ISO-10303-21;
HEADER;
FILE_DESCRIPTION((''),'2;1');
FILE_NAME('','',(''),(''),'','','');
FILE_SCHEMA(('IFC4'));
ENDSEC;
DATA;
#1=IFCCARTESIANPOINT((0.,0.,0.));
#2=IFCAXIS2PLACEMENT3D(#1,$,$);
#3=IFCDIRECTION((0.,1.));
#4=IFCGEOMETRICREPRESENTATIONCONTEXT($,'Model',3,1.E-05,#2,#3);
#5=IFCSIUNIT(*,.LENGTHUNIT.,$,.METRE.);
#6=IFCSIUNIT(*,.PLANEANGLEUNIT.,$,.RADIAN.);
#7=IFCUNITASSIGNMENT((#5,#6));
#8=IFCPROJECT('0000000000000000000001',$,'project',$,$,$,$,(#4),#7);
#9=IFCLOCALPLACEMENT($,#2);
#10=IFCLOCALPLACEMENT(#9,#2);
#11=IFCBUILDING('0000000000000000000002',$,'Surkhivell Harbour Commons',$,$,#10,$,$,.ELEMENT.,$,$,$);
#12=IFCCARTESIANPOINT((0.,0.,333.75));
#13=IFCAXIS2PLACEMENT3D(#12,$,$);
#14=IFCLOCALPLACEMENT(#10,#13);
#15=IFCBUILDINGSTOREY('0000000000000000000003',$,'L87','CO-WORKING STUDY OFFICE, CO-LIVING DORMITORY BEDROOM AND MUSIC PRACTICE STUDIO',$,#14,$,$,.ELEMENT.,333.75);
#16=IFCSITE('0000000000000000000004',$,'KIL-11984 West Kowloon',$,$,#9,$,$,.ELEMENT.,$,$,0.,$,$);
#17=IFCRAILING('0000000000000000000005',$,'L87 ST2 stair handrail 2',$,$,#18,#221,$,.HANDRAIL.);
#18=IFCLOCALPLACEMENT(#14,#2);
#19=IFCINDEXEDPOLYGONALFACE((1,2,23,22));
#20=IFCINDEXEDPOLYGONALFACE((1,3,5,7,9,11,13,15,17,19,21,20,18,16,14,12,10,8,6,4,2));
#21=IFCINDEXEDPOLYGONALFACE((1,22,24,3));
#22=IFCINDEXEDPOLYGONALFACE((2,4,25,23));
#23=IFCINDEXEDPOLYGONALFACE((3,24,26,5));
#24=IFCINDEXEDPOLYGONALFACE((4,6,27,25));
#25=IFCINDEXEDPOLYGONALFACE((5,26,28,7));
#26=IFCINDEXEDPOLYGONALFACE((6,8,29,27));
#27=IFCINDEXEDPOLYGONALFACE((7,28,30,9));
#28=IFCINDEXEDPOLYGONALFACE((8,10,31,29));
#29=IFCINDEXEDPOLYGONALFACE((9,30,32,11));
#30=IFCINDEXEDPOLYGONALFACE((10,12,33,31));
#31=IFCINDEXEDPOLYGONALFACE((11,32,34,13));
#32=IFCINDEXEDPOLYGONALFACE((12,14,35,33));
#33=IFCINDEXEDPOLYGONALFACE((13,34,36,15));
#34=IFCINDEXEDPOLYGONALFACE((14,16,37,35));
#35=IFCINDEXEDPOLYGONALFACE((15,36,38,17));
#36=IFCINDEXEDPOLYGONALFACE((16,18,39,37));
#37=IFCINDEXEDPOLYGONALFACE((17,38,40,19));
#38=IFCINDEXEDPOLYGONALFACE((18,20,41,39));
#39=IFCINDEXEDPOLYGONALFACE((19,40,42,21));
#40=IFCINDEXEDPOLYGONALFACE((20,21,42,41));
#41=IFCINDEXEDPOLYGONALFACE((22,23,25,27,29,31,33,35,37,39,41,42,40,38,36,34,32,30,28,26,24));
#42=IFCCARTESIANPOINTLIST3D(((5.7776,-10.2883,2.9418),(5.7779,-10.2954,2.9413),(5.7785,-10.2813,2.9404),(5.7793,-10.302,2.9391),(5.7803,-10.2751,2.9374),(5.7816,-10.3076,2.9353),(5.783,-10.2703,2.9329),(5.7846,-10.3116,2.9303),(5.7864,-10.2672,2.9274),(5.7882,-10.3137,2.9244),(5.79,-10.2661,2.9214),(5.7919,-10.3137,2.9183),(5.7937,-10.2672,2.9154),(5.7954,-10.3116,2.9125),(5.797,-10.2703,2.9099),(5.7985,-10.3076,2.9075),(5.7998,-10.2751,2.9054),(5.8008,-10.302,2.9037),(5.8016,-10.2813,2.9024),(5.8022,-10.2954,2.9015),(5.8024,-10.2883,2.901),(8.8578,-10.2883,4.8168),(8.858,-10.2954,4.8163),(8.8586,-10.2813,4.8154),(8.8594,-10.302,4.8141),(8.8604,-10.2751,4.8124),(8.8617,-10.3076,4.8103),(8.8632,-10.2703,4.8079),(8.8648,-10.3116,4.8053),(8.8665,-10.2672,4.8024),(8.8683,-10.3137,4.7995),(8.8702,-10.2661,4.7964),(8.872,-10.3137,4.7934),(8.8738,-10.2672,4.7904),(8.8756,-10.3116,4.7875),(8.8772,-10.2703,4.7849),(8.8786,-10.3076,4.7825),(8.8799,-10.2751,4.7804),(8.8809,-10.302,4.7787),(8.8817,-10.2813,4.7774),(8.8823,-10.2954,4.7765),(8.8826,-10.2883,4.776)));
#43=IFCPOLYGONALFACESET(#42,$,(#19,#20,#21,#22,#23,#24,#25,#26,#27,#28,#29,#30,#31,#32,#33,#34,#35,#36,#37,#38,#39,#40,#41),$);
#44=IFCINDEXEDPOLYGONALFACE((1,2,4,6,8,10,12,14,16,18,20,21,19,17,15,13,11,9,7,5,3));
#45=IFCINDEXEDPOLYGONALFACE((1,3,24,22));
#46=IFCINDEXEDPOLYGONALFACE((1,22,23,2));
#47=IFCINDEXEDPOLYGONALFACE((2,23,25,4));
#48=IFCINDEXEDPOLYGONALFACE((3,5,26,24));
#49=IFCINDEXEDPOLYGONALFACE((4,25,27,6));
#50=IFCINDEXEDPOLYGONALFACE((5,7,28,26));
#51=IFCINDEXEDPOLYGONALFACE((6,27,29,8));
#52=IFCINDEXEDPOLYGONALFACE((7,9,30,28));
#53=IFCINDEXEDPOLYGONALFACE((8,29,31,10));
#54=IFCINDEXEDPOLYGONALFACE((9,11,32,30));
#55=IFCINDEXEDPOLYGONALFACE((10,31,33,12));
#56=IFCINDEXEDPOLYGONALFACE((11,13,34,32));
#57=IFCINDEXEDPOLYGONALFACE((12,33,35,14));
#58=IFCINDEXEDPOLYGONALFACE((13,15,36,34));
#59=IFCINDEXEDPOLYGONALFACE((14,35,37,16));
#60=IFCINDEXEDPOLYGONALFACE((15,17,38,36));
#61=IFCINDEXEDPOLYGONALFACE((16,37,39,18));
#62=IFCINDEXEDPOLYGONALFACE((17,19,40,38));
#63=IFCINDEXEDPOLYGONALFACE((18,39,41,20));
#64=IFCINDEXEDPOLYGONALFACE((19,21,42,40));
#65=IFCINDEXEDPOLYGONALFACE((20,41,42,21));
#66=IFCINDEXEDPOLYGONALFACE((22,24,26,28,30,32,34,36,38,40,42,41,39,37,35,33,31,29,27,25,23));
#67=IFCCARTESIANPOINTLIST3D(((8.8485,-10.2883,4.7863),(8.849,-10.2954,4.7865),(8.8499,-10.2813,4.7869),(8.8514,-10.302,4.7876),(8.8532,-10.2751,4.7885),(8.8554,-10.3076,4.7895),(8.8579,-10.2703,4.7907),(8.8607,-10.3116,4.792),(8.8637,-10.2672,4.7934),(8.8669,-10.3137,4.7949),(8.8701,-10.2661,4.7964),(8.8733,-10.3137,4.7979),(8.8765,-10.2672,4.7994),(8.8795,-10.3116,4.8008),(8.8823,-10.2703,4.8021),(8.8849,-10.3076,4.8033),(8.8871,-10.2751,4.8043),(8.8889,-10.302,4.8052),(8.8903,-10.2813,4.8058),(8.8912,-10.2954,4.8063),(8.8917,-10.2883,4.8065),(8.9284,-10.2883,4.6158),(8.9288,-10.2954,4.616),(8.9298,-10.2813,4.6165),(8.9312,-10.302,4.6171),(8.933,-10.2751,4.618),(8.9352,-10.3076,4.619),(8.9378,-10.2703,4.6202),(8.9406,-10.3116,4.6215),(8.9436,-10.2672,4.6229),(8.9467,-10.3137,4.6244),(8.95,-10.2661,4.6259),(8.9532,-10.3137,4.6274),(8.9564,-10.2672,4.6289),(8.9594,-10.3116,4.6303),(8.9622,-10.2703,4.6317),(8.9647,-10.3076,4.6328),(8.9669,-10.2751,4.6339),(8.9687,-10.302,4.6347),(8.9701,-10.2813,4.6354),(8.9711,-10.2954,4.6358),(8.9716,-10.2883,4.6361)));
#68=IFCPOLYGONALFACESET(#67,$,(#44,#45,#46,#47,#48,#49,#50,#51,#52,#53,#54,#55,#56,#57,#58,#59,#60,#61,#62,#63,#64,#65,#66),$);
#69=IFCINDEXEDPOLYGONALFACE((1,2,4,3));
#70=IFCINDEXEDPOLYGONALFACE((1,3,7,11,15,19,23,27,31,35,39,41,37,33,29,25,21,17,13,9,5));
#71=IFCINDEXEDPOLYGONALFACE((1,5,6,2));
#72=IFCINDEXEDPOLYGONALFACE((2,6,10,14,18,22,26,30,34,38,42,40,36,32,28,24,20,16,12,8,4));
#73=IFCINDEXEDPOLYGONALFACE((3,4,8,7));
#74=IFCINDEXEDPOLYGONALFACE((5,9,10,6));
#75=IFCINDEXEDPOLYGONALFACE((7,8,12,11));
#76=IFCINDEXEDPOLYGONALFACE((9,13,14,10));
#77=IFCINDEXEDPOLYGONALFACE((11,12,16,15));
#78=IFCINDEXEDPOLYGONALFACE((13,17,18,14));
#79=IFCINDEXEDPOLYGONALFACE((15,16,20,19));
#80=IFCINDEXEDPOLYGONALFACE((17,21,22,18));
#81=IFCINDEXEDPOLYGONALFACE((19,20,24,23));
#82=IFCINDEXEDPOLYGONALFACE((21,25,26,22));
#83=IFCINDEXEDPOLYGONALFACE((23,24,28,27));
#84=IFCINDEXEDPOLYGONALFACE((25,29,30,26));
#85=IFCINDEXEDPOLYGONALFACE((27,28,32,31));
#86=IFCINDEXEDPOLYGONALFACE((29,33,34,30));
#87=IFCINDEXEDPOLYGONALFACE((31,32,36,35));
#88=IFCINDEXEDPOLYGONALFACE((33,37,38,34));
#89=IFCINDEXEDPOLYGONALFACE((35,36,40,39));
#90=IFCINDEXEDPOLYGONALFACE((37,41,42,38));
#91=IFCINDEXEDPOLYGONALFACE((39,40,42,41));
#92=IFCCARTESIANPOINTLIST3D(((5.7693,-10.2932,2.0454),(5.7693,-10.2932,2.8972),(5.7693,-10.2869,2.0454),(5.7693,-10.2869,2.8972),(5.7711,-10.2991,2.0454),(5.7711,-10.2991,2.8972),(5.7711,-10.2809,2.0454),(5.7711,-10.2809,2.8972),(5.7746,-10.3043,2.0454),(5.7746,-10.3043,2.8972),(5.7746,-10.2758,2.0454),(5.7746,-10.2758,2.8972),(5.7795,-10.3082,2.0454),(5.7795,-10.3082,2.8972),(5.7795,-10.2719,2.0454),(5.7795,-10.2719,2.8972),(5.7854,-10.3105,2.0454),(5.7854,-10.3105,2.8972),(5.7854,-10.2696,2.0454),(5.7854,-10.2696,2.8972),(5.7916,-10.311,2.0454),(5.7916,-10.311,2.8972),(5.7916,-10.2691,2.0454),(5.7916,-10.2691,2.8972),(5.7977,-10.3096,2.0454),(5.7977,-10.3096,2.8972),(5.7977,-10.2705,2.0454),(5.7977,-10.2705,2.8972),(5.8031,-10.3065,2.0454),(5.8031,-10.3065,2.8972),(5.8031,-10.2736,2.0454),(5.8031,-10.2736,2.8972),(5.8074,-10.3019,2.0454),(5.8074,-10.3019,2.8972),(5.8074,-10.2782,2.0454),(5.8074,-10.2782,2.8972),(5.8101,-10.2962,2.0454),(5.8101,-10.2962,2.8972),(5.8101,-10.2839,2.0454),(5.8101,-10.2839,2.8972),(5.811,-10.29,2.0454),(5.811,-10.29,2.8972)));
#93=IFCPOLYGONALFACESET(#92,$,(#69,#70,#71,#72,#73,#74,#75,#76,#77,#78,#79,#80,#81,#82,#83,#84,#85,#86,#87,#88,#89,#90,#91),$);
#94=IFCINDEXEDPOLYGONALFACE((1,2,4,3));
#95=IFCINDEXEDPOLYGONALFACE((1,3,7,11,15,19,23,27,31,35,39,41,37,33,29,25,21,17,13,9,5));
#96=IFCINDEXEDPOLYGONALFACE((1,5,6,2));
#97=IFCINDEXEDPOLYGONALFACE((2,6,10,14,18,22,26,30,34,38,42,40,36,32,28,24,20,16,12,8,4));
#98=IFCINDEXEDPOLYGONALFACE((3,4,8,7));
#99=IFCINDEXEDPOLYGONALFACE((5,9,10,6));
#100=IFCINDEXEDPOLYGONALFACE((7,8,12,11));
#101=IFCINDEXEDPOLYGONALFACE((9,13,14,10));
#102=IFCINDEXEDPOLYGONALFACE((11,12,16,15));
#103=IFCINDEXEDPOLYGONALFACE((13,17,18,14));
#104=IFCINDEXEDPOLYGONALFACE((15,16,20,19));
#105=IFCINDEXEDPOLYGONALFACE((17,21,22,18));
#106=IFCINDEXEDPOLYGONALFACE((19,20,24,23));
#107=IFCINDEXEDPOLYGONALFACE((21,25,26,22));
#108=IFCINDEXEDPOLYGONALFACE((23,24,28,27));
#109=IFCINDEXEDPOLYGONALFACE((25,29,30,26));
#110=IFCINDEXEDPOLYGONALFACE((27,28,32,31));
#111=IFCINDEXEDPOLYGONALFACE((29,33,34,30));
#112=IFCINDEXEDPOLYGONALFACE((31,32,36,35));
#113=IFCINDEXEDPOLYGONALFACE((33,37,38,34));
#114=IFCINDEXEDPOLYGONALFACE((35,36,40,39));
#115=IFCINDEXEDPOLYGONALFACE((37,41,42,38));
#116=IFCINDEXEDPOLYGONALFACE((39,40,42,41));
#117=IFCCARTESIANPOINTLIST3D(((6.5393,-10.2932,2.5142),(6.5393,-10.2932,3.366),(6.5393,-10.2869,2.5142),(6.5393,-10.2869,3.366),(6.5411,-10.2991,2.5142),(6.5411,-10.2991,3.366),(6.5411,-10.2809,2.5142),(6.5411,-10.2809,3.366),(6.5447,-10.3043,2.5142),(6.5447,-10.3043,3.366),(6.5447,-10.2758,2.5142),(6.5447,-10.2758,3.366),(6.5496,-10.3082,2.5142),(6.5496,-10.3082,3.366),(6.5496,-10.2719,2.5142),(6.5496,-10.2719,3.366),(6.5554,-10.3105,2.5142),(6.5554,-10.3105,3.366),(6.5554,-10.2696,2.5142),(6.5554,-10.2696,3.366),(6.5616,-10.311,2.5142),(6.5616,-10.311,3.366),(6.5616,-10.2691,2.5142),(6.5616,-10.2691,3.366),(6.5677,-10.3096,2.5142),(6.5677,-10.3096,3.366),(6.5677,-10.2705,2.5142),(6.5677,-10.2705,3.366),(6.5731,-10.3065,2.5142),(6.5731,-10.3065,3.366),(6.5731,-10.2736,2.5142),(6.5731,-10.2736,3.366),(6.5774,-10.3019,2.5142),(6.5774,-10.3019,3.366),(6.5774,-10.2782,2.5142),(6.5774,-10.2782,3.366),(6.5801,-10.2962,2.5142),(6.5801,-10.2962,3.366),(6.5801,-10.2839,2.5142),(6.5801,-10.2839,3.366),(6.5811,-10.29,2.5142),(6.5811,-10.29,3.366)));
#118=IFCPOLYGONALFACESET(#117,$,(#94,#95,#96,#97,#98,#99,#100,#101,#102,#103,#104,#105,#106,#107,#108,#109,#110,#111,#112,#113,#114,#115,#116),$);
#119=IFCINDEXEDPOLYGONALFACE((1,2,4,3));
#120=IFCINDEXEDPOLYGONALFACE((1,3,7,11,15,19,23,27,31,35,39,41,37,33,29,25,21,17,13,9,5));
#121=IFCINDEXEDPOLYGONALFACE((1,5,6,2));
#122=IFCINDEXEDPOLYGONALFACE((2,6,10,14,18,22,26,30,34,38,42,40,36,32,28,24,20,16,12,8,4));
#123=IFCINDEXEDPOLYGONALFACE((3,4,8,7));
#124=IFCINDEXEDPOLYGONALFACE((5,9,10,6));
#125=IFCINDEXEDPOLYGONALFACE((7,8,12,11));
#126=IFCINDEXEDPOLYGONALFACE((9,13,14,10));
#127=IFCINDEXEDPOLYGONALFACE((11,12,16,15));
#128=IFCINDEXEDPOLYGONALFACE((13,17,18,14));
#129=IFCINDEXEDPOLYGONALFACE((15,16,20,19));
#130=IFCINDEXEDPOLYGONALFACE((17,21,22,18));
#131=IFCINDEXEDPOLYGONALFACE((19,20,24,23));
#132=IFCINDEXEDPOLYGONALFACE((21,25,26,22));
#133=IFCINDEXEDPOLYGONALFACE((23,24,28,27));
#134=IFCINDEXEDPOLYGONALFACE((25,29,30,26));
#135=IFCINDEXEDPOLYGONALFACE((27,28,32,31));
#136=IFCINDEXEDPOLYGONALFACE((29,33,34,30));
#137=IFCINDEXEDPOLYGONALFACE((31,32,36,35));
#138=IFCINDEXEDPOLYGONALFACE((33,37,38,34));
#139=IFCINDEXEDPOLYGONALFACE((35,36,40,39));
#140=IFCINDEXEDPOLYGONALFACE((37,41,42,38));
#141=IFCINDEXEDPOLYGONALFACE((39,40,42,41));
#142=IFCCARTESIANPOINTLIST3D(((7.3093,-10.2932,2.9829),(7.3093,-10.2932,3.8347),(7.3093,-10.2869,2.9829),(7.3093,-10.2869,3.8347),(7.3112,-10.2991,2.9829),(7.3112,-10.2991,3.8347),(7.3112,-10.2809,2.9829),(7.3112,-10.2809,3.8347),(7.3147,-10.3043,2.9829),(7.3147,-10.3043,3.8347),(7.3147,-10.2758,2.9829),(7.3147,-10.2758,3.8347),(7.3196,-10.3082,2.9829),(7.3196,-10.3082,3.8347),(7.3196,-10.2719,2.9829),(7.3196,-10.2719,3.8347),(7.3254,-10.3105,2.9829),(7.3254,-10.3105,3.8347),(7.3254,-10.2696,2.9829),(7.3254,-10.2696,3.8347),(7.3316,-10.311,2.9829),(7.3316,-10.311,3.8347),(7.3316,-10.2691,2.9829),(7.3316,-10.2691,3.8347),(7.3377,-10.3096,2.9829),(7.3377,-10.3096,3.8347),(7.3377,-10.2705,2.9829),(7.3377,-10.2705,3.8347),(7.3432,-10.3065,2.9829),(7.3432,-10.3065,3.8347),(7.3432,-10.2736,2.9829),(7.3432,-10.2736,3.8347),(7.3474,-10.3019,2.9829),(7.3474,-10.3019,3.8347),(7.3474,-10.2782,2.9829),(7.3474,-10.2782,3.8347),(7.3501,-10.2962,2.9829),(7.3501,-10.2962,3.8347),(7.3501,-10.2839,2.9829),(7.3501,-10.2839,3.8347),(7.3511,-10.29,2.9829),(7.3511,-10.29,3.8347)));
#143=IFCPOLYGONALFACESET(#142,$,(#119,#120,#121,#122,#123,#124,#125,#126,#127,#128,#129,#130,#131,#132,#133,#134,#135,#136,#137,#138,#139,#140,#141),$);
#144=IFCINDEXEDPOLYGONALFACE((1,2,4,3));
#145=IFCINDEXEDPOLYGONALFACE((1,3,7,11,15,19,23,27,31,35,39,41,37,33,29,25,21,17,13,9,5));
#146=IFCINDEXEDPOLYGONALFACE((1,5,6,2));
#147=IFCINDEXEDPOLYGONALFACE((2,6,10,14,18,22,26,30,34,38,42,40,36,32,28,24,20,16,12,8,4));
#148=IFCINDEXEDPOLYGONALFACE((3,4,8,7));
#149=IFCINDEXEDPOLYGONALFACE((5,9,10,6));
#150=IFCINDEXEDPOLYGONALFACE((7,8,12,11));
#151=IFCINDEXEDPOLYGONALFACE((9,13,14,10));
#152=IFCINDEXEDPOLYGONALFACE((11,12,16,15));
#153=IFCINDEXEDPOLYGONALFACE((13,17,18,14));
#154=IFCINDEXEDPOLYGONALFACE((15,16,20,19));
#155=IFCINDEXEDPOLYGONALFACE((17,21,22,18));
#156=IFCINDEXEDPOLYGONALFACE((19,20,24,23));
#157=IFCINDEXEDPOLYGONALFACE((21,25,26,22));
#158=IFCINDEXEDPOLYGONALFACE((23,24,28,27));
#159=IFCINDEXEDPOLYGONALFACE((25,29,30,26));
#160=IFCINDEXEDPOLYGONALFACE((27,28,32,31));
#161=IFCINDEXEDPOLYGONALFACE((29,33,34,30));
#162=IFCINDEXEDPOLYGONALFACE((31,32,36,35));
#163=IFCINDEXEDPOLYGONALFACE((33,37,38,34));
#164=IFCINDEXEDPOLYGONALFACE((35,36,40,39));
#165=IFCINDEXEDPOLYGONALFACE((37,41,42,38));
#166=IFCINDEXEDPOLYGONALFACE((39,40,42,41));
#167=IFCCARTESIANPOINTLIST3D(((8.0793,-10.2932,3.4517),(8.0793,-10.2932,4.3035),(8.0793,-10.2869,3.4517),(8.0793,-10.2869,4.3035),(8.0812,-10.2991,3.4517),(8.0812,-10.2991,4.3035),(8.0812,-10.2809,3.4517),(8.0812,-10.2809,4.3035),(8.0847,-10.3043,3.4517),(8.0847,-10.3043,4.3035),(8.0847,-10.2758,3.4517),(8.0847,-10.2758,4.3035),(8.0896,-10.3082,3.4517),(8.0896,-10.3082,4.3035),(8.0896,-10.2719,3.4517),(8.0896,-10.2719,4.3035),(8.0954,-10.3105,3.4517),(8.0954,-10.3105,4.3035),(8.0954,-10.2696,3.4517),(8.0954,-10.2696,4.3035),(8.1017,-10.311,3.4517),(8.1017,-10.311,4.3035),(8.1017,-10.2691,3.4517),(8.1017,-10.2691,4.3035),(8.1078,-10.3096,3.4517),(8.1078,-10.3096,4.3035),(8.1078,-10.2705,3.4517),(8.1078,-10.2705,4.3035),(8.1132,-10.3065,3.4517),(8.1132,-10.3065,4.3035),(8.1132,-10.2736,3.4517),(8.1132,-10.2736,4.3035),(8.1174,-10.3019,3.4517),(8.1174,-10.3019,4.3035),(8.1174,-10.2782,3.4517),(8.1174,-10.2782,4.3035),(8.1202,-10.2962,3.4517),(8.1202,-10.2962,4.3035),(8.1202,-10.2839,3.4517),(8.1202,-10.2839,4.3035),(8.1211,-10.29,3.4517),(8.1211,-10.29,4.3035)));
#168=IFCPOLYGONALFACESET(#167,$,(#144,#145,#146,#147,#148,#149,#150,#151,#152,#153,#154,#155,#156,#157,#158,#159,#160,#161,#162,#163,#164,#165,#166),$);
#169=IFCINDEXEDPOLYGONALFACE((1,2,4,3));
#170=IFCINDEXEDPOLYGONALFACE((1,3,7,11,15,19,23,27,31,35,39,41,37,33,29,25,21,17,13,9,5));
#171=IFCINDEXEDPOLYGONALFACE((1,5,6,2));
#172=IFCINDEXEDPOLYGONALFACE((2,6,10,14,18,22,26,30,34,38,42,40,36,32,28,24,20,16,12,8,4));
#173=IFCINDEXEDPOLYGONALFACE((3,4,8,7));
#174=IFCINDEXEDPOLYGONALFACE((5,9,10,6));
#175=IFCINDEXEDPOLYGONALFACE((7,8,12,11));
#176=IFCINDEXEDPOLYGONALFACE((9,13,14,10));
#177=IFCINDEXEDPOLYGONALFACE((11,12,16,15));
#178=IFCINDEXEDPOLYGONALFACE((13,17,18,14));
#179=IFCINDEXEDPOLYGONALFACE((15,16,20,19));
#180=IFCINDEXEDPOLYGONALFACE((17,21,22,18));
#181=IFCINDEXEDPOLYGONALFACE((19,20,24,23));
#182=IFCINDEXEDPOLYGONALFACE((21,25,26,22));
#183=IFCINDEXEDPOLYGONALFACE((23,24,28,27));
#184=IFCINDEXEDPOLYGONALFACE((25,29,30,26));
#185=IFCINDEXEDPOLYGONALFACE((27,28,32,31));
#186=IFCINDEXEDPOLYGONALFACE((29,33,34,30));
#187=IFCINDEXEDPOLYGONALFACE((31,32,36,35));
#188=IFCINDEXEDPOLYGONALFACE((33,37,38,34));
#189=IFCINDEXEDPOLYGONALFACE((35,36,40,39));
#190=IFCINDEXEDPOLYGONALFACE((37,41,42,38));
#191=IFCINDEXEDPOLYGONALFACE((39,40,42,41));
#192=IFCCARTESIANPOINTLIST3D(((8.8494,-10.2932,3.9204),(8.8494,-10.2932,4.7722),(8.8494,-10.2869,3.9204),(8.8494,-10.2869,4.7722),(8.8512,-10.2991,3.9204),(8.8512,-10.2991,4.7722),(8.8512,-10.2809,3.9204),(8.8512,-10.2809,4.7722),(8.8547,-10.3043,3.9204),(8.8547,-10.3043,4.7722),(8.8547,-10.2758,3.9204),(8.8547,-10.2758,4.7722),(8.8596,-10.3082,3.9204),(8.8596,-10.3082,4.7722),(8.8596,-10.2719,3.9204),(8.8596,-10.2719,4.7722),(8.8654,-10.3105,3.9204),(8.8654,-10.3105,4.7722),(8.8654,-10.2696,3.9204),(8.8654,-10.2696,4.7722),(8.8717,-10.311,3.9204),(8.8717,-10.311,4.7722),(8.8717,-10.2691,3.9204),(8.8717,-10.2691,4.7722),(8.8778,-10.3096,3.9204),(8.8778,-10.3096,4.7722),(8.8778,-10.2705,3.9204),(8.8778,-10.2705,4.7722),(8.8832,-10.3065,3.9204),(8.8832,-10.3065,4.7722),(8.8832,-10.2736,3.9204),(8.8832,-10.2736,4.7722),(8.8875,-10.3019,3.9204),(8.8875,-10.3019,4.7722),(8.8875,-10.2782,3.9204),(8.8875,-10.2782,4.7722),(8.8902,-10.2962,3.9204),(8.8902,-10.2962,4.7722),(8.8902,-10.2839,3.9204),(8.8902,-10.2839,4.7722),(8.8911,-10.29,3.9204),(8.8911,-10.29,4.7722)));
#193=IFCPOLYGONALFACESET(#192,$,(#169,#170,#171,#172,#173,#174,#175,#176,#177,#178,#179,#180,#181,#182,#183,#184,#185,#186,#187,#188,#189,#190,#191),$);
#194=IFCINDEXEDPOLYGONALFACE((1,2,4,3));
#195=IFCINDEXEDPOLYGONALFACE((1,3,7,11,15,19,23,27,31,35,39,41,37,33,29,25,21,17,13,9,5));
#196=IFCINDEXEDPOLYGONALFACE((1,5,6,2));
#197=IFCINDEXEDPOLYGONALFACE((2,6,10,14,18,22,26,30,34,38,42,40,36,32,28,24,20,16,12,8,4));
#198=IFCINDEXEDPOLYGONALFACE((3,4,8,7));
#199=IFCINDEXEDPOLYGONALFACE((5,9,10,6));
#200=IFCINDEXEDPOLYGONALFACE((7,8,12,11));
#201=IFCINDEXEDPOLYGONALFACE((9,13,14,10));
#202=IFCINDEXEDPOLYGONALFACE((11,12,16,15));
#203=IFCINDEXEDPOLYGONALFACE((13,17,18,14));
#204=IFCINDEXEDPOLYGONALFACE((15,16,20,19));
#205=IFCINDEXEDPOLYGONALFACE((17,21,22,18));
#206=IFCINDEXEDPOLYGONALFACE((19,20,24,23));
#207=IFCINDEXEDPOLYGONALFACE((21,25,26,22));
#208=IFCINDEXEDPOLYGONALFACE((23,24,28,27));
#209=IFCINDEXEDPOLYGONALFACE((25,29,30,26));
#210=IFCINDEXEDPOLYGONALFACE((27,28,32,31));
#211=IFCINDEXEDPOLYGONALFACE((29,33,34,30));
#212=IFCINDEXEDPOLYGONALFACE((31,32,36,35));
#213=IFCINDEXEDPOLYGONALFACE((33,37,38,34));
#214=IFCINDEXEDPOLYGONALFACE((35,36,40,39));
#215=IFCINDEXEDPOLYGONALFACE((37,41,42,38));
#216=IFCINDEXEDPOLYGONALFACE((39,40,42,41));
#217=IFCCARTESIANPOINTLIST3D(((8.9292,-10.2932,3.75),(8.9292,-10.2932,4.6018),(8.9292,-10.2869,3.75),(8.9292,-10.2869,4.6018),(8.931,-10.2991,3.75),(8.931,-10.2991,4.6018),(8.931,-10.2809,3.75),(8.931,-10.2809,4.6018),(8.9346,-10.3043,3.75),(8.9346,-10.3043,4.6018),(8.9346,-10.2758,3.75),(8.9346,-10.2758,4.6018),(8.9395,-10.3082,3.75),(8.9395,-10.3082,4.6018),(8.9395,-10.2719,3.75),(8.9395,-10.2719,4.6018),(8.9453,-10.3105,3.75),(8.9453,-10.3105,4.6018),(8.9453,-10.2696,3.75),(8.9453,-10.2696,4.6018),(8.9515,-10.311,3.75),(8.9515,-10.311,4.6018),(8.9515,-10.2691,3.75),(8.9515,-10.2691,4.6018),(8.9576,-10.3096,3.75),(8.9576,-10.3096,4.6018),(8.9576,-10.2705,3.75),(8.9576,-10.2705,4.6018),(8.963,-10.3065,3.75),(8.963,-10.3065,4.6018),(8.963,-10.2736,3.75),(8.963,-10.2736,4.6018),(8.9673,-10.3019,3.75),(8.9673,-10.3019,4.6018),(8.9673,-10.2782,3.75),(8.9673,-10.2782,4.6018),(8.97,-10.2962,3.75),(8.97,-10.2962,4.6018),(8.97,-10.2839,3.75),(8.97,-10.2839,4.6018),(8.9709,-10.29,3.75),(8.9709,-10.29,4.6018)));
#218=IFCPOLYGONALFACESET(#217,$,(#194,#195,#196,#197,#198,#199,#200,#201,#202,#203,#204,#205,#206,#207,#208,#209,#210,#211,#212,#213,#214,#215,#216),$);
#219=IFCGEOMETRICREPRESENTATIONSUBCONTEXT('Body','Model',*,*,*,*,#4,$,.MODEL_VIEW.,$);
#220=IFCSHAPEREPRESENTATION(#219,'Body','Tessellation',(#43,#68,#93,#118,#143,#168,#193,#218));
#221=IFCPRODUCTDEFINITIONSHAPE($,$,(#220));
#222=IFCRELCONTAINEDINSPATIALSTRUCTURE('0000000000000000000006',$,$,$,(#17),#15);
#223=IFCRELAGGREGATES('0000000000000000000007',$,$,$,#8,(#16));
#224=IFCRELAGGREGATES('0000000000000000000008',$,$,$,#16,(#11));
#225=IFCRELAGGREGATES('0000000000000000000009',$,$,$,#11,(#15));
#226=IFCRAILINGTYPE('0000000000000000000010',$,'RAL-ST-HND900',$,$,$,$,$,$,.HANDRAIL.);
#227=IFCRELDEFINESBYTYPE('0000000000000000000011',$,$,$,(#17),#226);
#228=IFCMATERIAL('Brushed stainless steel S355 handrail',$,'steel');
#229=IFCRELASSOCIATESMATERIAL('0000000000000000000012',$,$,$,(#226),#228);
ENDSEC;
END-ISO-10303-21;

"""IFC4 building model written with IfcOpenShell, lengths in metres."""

from ifc_helpers import new_model, si_unit, direction, frame, origin, origin_2d, place, context, subcontext, project, spatial, circle, extrude, material, type_object, element, save


model = new_model("IFC4")

# Units and contexts
model_context = context("Model", 3, precision=1e-05, world=origin(), true_north=direction((0.0, 1.0)))
body_context = subcontext(model_context, "Body", "Model", "MODEL_VIEW")
ifc_project = project(units=[si_unit("LENGTHUNIT", "METRE"), si_unit("PLANEANGLEUNIT", "RADIAN")], contexts=[model_context])

# Site, building, storey
site_placement = place(None, origin())
site = spatial("IfcSite", under=ifc_project, at=site_placement, Name="KIL-11984 West Kowloon", CompositionType="ELEMENT", RefElevation=0.0)
building_placement = place(site_placement, origin())
building = spatial("IfcBuilding", under=site, at=building_placement, Name="Surkhivell Harbour Commons", CompositionType="ELEMENT")
storey_placement = place(building_placement, frame((0.0, 0.0, 333.75)))
storey = spatial("IfcBuildingStorey", under=building, at=storey_placement, Name="L87", Description="CO-WORKING STUDY OFFICE, CO-LIVING DORMITORY BEDROOM AND MUSIC PRACTICE STUDIO", CompositionType="ELEMENT", Elevation=333.75)

# Railing
ifc_material_1 = material(Name="Brushed stainless steel S355 handrail", Category="steel")
railing_type_1 = type_object("IfcRailingType", Name="RAL-ST-HND900", PredefinedType="HANDRAIL", material=ifc_material_1)
railing_1_placement = place(storey_placement, frame((5.79, -10.29, 2.0454)))
element("IfcRailing", 1, at=railing_1_placement, inside=storey, type_object=railing_type_1, Name="L87 ST2 stair handrail 2", PredefinedType="HANDRAIL", context=body_context, shape_type="SweptSolid", body=[
    extrude(circle(Radius=0.0239, at=origin_2d()), frame((0.0, 0.0, 0.876), z_axis=(0.854178, 0.0, 0.519981), x_axis=(0.0, 1.0, 0.0)), (0.0, 0.0, 1.0), 3.606),
    extrude(circle(Radius=0.0239, at=origin_2d()), frame((3.0801, 0.0, 2.751), z_axis=(0.424234, 0.0, -0.905552), x_axis=(0.0, 1.0, 0.0)), (0.0, 0.0, 1.0), 0.1882),
    extrude(circle(Radius=0.021, at=origin_2d()), origin(), (0.0, 0.0, 1.0), 0.8518),
    extrude(circle(Radius=0.021, at=origin_2d()), frame((0.77, 0.0, 0.4688)), (0.0, 0.0, 1.0), 0.8518),
    extrude(circle(Radius=0.021, at=origin_2d()), frame((1.54, 0.0, 0.9375)), (0.0, 0.0, 1.0), 0.8518),
    extrude(circle(Radius=0.021, at=origin_2d()), frame((2.3101, 0.0, 1.4062)), (0.0, 0.0, 1.0), 0.8518),
    extrude(circle(Radius=0.021, at=origin_2d()), frame((3.0801, 0.0, 1.875)), (0.0, 0.0, 1.0), 0.8518),
    extrude(circle(Radius=0.021, at=origin_2d()), frame((3.1599, 0.0, 1.7046)), (0.0, 0.0, 1.0), 0.8518),
])

save(model, "model.ifc")
